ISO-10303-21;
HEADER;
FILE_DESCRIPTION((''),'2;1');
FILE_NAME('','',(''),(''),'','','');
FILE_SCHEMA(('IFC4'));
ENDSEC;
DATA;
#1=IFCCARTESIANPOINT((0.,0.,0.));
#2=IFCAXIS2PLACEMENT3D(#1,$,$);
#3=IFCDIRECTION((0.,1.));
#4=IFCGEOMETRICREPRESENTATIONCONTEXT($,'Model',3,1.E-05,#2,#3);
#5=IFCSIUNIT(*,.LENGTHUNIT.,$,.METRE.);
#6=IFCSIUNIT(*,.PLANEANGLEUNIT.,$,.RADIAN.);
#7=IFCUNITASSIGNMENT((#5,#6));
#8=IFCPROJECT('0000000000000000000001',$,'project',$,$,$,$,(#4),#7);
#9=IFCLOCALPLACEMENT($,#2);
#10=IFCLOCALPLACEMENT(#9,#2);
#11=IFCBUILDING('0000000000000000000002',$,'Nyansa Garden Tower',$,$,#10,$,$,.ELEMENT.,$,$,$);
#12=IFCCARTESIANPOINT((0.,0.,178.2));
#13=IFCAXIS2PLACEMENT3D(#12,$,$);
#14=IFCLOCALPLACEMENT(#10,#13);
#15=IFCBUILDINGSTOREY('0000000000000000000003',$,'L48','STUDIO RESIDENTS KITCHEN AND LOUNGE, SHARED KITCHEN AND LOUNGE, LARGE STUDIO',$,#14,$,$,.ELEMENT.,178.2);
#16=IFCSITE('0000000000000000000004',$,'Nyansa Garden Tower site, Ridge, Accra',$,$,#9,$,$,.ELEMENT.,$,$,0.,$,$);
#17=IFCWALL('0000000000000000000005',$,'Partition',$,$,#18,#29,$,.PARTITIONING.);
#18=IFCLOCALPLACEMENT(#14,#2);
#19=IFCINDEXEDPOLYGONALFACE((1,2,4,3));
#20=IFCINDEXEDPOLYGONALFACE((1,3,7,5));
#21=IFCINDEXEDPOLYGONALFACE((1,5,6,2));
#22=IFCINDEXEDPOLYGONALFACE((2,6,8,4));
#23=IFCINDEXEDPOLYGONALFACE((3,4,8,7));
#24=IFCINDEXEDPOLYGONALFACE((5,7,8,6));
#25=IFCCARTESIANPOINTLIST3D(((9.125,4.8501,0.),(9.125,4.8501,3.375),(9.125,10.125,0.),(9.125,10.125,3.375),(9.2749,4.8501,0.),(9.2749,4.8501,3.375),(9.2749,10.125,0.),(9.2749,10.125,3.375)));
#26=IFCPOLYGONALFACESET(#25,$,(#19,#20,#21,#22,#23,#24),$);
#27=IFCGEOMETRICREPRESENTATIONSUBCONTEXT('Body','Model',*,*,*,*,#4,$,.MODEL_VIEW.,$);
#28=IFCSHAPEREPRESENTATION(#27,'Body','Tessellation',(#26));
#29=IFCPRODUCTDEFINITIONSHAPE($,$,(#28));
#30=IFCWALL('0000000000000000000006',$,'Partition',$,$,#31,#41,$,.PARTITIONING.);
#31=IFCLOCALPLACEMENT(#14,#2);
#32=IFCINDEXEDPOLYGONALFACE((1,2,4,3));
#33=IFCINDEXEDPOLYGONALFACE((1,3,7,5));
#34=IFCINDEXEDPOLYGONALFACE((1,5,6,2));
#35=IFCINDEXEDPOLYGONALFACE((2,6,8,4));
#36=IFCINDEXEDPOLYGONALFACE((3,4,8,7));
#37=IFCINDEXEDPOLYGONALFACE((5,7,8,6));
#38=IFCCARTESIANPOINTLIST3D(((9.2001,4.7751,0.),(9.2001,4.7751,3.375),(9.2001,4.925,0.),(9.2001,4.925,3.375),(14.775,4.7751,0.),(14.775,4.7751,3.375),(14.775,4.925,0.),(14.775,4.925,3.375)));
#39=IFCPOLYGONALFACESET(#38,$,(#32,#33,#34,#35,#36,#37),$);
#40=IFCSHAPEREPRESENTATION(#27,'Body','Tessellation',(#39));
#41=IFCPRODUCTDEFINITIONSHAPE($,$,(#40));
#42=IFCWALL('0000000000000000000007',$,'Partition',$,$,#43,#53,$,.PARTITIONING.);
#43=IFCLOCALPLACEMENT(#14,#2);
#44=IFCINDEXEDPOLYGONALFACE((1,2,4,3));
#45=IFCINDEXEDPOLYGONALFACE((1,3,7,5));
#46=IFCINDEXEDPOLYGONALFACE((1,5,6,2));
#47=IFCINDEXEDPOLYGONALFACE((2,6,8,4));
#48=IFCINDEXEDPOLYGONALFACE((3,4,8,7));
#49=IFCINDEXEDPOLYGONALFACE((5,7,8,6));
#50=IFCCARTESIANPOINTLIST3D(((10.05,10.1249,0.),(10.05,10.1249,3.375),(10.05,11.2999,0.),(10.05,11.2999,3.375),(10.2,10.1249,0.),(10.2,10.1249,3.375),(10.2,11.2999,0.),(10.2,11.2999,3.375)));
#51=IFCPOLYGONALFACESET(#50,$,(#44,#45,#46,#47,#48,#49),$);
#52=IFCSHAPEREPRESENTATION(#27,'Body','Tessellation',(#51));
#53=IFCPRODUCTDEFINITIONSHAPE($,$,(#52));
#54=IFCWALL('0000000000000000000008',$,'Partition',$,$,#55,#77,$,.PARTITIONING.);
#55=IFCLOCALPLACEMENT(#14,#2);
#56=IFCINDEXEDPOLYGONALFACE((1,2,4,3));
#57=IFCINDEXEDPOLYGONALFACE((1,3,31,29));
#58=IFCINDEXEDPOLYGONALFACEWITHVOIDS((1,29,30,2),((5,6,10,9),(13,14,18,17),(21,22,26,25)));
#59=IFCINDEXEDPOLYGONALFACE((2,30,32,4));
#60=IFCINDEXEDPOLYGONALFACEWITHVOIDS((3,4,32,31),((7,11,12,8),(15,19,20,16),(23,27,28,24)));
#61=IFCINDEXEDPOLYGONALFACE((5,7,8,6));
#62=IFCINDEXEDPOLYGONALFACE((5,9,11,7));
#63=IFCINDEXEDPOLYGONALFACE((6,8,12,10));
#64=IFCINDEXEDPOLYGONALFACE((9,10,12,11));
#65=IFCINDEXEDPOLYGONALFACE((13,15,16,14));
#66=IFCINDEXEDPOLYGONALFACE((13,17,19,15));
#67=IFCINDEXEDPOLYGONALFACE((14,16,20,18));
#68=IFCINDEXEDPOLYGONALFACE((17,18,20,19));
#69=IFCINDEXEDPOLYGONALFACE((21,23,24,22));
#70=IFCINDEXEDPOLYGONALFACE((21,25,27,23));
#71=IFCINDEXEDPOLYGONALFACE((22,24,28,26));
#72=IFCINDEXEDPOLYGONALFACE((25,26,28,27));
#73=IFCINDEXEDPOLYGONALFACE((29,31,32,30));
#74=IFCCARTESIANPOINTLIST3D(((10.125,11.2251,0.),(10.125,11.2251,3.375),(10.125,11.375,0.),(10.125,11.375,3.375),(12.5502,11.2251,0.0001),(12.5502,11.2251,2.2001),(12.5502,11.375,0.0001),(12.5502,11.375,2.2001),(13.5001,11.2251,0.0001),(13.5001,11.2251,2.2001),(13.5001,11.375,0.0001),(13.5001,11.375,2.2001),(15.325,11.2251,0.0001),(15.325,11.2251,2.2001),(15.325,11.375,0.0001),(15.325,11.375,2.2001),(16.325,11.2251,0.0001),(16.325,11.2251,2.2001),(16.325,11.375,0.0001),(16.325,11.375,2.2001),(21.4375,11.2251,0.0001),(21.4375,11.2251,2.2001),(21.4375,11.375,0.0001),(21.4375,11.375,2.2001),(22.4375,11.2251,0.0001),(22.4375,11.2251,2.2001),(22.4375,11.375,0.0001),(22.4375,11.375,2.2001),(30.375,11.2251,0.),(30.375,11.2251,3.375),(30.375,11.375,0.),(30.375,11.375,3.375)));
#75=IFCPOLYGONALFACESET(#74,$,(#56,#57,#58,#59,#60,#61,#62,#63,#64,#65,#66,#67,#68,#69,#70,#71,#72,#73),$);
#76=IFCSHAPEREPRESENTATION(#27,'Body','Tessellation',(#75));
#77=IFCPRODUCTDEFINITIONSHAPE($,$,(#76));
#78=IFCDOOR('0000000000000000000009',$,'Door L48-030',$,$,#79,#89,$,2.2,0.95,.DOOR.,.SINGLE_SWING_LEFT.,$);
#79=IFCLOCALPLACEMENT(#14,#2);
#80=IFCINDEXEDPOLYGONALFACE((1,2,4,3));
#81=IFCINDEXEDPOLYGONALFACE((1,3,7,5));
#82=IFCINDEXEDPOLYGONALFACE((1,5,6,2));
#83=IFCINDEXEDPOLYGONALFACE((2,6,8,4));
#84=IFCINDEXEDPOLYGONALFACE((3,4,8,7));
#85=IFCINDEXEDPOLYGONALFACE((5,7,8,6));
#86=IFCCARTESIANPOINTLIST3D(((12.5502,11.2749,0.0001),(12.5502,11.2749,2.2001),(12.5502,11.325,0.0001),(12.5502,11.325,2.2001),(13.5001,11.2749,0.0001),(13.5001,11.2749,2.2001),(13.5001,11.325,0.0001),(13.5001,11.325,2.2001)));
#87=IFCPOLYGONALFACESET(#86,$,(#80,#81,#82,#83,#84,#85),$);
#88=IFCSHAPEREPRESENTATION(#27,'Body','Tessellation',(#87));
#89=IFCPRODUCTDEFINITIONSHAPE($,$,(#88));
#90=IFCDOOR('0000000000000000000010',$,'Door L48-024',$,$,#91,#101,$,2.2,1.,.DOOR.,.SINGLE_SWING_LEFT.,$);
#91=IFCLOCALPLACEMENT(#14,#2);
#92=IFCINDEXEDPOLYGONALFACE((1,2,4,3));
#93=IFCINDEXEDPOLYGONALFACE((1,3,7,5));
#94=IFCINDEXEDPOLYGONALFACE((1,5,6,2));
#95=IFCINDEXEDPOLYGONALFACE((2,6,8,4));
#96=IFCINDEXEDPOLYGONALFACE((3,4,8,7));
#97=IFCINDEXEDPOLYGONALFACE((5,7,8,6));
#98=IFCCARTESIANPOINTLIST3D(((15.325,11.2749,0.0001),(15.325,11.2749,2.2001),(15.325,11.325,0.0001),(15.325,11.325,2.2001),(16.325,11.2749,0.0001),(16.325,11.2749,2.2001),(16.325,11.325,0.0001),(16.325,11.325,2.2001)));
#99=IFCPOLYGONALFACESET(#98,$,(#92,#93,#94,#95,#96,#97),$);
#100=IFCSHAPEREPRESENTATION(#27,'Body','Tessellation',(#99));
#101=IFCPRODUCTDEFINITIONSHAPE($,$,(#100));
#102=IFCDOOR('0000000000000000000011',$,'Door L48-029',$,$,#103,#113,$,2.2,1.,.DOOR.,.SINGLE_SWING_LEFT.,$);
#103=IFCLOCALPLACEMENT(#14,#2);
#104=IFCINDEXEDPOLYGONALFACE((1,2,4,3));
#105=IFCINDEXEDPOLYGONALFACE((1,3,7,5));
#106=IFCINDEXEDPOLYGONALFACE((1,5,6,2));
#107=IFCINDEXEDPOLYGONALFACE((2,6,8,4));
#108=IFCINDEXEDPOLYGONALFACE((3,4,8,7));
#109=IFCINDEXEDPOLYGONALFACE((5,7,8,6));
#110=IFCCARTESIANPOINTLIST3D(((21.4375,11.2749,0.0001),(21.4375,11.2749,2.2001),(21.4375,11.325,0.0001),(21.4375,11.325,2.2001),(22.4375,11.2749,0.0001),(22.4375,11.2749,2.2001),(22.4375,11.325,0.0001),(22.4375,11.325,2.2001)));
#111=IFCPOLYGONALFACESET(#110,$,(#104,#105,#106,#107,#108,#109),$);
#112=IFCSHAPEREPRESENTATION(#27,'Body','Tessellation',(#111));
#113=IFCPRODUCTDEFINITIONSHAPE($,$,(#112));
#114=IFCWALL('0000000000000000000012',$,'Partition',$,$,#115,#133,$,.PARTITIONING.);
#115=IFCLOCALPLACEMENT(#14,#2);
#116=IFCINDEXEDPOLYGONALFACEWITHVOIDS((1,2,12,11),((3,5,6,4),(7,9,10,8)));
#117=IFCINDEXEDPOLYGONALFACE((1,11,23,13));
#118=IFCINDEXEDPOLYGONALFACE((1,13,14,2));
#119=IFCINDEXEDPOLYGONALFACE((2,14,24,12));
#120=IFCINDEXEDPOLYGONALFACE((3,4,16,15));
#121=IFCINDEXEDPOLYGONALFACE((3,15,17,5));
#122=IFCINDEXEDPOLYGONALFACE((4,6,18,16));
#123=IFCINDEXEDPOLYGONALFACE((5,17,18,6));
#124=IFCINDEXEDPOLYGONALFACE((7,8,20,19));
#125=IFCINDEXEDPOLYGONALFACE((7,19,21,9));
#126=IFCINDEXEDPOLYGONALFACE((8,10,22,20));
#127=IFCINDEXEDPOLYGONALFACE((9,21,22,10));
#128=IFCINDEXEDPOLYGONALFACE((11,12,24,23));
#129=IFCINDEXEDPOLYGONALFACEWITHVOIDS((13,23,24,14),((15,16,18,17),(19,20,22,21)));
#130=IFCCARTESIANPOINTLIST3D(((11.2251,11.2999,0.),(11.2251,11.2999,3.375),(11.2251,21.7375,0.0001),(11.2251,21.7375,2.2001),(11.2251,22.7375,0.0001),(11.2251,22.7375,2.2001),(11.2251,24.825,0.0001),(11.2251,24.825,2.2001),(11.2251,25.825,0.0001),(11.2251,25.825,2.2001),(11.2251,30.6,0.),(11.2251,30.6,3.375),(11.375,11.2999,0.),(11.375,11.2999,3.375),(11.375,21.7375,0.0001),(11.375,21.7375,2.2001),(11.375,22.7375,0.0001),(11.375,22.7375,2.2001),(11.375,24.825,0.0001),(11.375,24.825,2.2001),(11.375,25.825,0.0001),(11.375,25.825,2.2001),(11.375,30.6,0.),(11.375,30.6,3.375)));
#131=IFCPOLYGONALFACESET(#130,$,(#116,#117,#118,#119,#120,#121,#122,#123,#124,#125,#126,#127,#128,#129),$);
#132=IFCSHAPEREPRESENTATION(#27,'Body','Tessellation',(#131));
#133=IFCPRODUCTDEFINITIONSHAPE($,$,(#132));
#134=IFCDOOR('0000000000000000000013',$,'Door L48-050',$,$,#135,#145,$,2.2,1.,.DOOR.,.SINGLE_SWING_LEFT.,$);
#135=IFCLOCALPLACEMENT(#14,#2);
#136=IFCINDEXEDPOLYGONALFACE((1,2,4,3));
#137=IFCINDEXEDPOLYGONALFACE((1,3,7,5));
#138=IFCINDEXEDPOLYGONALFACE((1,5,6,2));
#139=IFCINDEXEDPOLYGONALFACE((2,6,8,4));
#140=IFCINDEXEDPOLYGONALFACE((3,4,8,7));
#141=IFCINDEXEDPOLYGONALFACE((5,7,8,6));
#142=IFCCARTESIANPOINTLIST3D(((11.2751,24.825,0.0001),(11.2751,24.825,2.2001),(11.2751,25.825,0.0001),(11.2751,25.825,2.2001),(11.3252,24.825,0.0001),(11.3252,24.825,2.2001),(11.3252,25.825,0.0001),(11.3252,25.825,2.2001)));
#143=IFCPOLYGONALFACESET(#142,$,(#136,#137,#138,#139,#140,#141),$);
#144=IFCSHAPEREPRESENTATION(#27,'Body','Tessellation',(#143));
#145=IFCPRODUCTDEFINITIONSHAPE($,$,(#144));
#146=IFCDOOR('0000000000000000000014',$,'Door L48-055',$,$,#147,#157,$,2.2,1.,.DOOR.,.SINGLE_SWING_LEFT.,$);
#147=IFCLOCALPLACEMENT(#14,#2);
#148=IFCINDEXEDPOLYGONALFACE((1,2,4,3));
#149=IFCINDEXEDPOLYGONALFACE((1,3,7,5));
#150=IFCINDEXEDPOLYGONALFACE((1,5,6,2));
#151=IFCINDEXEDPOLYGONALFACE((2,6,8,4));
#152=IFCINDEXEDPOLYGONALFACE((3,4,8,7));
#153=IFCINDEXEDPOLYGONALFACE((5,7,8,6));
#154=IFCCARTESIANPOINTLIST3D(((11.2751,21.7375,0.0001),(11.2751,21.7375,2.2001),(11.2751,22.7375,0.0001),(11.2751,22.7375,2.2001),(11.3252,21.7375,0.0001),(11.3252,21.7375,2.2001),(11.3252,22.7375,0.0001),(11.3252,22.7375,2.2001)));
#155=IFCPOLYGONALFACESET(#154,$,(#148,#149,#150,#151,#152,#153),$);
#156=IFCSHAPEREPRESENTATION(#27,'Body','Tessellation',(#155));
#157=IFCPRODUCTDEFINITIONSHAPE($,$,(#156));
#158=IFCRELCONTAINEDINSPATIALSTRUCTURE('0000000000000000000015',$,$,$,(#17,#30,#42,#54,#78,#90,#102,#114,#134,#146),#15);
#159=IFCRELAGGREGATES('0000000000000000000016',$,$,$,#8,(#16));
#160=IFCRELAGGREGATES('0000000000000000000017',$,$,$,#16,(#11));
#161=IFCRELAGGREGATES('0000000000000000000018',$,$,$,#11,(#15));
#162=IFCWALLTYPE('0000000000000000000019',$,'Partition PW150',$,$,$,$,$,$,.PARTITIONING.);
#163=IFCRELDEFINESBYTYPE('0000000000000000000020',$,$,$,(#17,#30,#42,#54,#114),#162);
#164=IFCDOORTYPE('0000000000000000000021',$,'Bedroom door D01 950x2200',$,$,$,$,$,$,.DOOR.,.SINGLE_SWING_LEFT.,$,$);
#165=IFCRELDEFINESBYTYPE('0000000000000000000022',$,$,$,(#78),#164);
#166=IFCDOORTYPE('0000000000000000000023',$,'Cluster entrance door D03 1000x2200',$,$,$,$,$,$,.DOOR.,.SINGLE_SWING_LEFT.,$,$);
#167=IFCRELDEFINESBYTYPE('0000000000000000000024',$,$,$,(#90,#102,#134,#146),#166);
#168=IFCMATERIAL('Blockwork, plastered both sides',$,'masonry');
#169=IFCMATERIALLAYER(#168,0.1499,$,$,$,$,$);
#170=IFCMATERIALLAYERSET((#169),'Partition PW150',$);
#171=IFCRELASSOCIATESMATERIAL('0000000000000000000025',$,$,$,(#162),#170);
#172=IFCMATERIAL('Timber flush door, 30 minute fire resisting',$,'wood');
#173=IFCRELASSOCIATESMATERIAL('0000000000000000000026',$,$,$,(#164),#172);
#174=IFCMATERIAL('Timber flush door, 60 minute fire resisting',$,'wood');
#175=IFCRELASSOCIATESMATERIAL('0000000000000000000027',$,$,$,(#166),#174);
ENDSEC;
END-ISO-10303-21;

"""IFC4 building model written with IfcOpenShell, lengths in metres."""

from ifc_helpers import new_model, si_unit, direction, frame, frame_2d, origin, place, context, subcontext, project, spatial, rectangle, extrude, material, layer, layer_set, type_object, element, fill, save


model = new_model("IFC4")

# Units and contexts
model_context = context("Model", 3, precision=1e-05, world=origin(), true_north=direction((0.0, 1.0)))
body_context = subcontext(model_context, "Body", "Model", "MODEL_VIEW")
ifc_project = project(units=[si_unit("LENGTHUNIT", "METRE"), si_unit("PLANEANGLEUNIT", "RADIAN")], contexts=[model_context])

# Site, building, storey
site_placement = place(None, origin())
site = spatial("IfcSite", under=ifc_project, at=site_placement, Name="Nyansa Garden Tower site, Ridge, Accra", CompositionType="ELEMENT", RefElevation=0.0)
building_placement = place(site_placement, origin())
building = spatial("IfcBuilding", under=site, at=building_placement, Name="Nyansa Garden Tower", CompositionType="ELEMENT")
storey_placement = place(building_placement, frame((0.0, 0.0, 178.2)))
storey = spatial("IfcBuildingStorey", under=building, at=storey_placement, Name="L48", Description="STUDIO RESIDENTS KITCHEN AND LOUNGE, SHARED KITCHEN AND LOUNGE, LARGE STUDIO", CompositionType="ELEMENT", Elevation=178.2)

# Shared definitions
ifc_material_1 = material(Name="Blockwork, plastered both sides", Category="masonry")
ifc_layer = layer(ifc_material_1, 0.1499)
ifc_layer_set = layer_set([ifc_layer], Name="Partition PW150")
wall_type = type_object("IfcWallType", Name="Partition PW150", PredefinedType="PARTITIONING", material=ifc_layer_set)
ifc_material_2 = material(Name="Timber flush door, 30 minute fire resisting", Category="wood")
door_type_1 = type_object("IfcDoorType", Name="Bedroom door D01 950x2200", OperationType="SINGLE_SWING_LEFT", PredefinedType="DOOR", material=ifc_material_2)

# Walls
wall_1_placement = place(storey_placement, frame((9.2, 4.8501, 0.0), z_axis=(0.0, 0.0, 1.0), x_axis=(0.0, 1.0, 0.0)))
element("IfcWall", 1, at=wall_1_placement, inside=storey, type_object=wall_type, Name="Partition", PredefinedType="PARTITIONING", context=body_context, shape_type="SweptSolid", body=[
    extrude(rectangle(XDim=5.2749, YDim=0.1499, at=frame_2d((2.6375, 0.0))), origin(), (0.0, 0.0, 1.0), 3.375),
])
wall_2_placement = place(storey_placement, frame((9.2, 4.8501, 0.0), z_axis=(0.0, 0.0, 1.0), x_axis=(1.0, 0.0, 0.0)))
element("IfcWall", 2, at=wall_2_placement, inside=storey, type_object=wall_type, Name="Partition", PredefinedType="PARTITIONING", context=body_context, shape_type="SweptSolid", body=[
    extrude(rectangle(XDim=5.575, YDim=0.1499, at=frame_2d((2.7876, 0.0))), origin(), (0.0, 0.0, 1.0), 3.375),
])
wall_3_placement = place(storey_placement, frame((10.125, 10.125, 0.0), z_axis=(0.0, 0.0, 1.0), x_axis=(0.0, 1.0, 0.0)))
element("IfcWall", 3, at=wall_3_placement, inside=storey, type_object=wall_type, Name="Partition", PredefinedType="PARTITIONING", context=body_context, shape_type="SweptSolid", body=[
    extrude(rectangle(XDim=1.175, YDim=0.1499, at=frame_2d((0.5874, 0.0))), origin(), (0.0, 0.0, 1.0), 3.375),
])

# Walls, openings, doors
wall_4_placement = place(storey_placement, frame((10.125, 11.3, 0.0), z_axis=(0.0, 0.0, 1.0), x_axis=(1.0, 0.0, 0.0)))
wall_4 = element("IfcWall", 4, at=wall_4_placement, inside=storey, type_object=wall_type, Name="Partition", PredefinedType="PARTITIONING", context=body_context, shape_type="SweptSolid", body=[
    extrude(rectangle(XDim=20.25, YDim=0.1499, at=frame_2d((10.125, 0.0))), origin(), (0.0, 0.0, 1.0), 3.375),
])
opening_1_placement = place(wall_4_placement, frame((5.2, 0.0, 0.0)))
opening_1 = element("IfcOpeningElement", 5, at=opening_1_placement, cuts=wall_4, PredefinedType="OPENING", context=body_context, shape_type="SweptSolid", body=[
    extrude(rectangle(XDim=1.0, YDim=2.2, at=frame_2d((0.5, 1.1001))), frame((0.0, 0.085, 0.0), z_axis=(0.0, -1.0, 0.0), x_axis=(1.0, 0.0, 0.0)), (0.0, 0.0, 1.0), 0.1699),
])
opening_2_placement = place(wall_4_placement, frame((11.3125, 0.0, 0.0)))
opening_2 = element("IfcOpeningElement", 6, at=opening_2_placement, cuts=wall_4, PredefinedType="OPENING", context=body_context, shape_type="SweptSolid", body=[
    extrude(rectangle(XDim=1.0, YDim=2.2, at=frame_2d((0.5, 1.1001))), frame((0.0, 0.085, 0.0), z_axis=(0.0, -1.0, 0.0), x_axis=(1.0, 0.0, 0.0)), (0.0, 0.0, 1.0), 0.1699),
])
opening_3_placement = place(wall_4_placement, frame((2.425, 0.0, 0.0)))
opening_3 = element("IfcOpeningElement", 7, at=opening_3_placement, cuts=wall_4, PredefinedType="OPENING", context=body_context, shape_type="SweptSolid", body=[
    extrude(rectangle(XDim=0.95, YDim=2.2, at=frame_2d((0.4751, 1.1001))), frame((0.0, 0.085, 0.0), z_axis=(0.0, -1.0, 0.0), x_axis=(1.0, 0.0, 0.0)), (0.0, 0.0, 1.0), 0.1699),
])
door_1_placement = place(opening_3_placement, origin())
door_1 = element("IfcDoor", 8, at=door_1_placement, inside=storey, type_object=door_type_1, Name="Door L48-030", OperationType="SINGLE_SWING_LEFT", OverallHeight=2.2, OverallWidth=0.95, PredefinedType="DOOR", context=body_context, shape_type="SweptSolid", body=[
    extrude(rectangle(XDim=0.95, YDim=2.2, at=frame_2d((0.4751, 1.1001))), frame((0.0, 0.0249, 0.0), z_axis=(0.0, -1.0, 0.0), x_axis=(1.0, 0.0, 0.0)), (0.0, 0.0, 1.0), 0.05),
])
fill(opening_3, door_1)
ifc_material_3 = material(Name="Timber flush door, 60 minute fire resisting", Category="wood")
door_type_2 = type_object("IfcDoorType", Name="Cluster entrance door D03 1000x2200", OperationType="SINGLE_SWING_LEFT", PredefinedType="DOOR", material=ifc_material_3)
door_2_placement = place(opening_1_placement, origin())
door_2 = element("IfcDoor", 9, at=door_2_placement, inside=storey, type_object=door_type_2, Name="Door L48-024", OperationType="SINGLE_SWING_LEFT", OverallHeight=2.2, OverallWidth=1.0, PredefinedType="DOOR", context=body_context, shape_type="SweptSolid", body=[
    extrude(rectangle(XDim=1.0, YDim=2.2, at=frame_2d((0.5, 1.1001))), frame((0.0, 0.0249, 0.0), z_axis=(0.0, -1.0, 0.0), x_axis=(1.0, 0.0, 0.0)), (0.0, 0.0, 1.0), 0.05),
])
fill(opening_1, door_2)
door_3_placement = place(opening_2_placement, origin())
door_3 = element("IfcDoor", 10, at=door_3_placement, inside=storey, type_object=door_type_2, Name="Door L48-029", OperationType="SINGLE_SWING_LEFT", OverallHeight=2.2, OverallWidth=1.0, PredefinedType="DOOR", context=body_context, shape_type="SweptSolid", body=[
    extrude(rectangle(XDim=1.0, YDim=2.2, at=frame_2d((0.5, 1.1001))), frame((0.0, 0.0249, 0.0), z_axis=(0.0, -1.0, 0.0), x_axis=(1.0, 0.0, 0.0)), (0.0, 0.0, 1.0), 0.05),
])
fill(opening_2, door_3)
wall_5_placement = place(storey_placement, frame((11.3, 11.3, 0.0), z_axis=(0.0, 0.0, 1.0), x_axis=(0.0, 1.0, 0.0)))
wall_5 = element("IfcWall", 11, at=wall_5_placement, inside=storey, type_object=wall_type, Name="Partition", PredefinedType="PARTITIONING", context=body_context, shape_type="SweptSolid", body=[
    extrude(rectangle(XDim=19.3, YDim=0.1499, at=frame_2d((9.6499, 0.0))), origin(), (0.0, 0.0, 1.0), 3.375),
])
opening_4_placement = place(wall_5_placement, frame((13.5249, 0.0, 0.0)))
opening_4 = element("IfcOpeningElement", 12, at=opening_4_placement, cuts=wall_5, PredefinedType="OPENING", context=body_context, shape_type="SweptSolid", body=[
    extrude(rectangle(XDim=1.0, YDim=2.2, at=frame_2d((0.5, 1.1001))), frame((0.0, 0.085, 0.0), z_axis=(0.0, -1.0, 0.0), x_axis=(1.0, 0.0, 0.0)), (0.0, 0.0, 1.0), 0.1699),
])
opening_5_placement = place(wall_5_placement, frame((10.4375, 0.0, 0.0)))
opening_5 = element("IfcOpeningElement", 13, at=opening_5_placement, cuts=wall_5, PredefinedType="OPENING", context=body_context, shape_type="SweptSolid", body=[
    extrude(rectangle(XDim=1.0, YDim=2.2, at=frame_2d((0.5, 1.1001))), frame((0.0, 0.085, 0.0), z_axis=(0.0, -1.0, 0.0), x_axis=(1.0, 0.0, 0.0)), (0.0, 0.0, 1.0), 0.1699),
])
door_4_placement = place(opening_4_placement, origin())
door_4 = element("IfcDoor", 14, at=door_4_placement, inside=storey, type_object=door_type_2, Name="Door L48-050", OperationType="SINGLE_SWING_LEFT", OverallHeight=2.2, OverallWidth=1.0, PredefinedType="DOOR", context=body_context, shape_type="SweptSolid", body=[
    extrude(rectangle(XDim=1.0, YDim=2.2, at=frame_2d((0.5, 1.1001))), frame((0.0, 0.0249, 0.0), z_axis=(0.0, -1.0, 0.0), x_axis=(1.0, 0.0, 0.0)), (0.0, 0.0, 1.0), 0.05),
])
fill(opening_4, door_4)
door_5_placement = place(opening_5_placement, origin())
door_5 = element("IfcDoor", 15, at=door_5_placement, inside=storey, type_object=door_type_2, Name="Door L48-055", OperationType="SINGLE_SWING_LEFT", OverallHeight=2.2, OverallWidth=1.0, PredefinedType="DOOR", context=body_context, shape_type="SweptSolid", body=[
    extrude(rectangle(XDim=1.0, YDim=2.2, at=frame_2d((0.5, 1.1001))), frame((0.0, 0.0249, 0.0), z_axis=(0.0, -1.0, 0.0), x_axis=(1.0, 0.0, 0.0)), (0.0, 0.0, 1.0), 0.05),
])
fill(opening_5, door_5)

save(model, "model.ifc")
